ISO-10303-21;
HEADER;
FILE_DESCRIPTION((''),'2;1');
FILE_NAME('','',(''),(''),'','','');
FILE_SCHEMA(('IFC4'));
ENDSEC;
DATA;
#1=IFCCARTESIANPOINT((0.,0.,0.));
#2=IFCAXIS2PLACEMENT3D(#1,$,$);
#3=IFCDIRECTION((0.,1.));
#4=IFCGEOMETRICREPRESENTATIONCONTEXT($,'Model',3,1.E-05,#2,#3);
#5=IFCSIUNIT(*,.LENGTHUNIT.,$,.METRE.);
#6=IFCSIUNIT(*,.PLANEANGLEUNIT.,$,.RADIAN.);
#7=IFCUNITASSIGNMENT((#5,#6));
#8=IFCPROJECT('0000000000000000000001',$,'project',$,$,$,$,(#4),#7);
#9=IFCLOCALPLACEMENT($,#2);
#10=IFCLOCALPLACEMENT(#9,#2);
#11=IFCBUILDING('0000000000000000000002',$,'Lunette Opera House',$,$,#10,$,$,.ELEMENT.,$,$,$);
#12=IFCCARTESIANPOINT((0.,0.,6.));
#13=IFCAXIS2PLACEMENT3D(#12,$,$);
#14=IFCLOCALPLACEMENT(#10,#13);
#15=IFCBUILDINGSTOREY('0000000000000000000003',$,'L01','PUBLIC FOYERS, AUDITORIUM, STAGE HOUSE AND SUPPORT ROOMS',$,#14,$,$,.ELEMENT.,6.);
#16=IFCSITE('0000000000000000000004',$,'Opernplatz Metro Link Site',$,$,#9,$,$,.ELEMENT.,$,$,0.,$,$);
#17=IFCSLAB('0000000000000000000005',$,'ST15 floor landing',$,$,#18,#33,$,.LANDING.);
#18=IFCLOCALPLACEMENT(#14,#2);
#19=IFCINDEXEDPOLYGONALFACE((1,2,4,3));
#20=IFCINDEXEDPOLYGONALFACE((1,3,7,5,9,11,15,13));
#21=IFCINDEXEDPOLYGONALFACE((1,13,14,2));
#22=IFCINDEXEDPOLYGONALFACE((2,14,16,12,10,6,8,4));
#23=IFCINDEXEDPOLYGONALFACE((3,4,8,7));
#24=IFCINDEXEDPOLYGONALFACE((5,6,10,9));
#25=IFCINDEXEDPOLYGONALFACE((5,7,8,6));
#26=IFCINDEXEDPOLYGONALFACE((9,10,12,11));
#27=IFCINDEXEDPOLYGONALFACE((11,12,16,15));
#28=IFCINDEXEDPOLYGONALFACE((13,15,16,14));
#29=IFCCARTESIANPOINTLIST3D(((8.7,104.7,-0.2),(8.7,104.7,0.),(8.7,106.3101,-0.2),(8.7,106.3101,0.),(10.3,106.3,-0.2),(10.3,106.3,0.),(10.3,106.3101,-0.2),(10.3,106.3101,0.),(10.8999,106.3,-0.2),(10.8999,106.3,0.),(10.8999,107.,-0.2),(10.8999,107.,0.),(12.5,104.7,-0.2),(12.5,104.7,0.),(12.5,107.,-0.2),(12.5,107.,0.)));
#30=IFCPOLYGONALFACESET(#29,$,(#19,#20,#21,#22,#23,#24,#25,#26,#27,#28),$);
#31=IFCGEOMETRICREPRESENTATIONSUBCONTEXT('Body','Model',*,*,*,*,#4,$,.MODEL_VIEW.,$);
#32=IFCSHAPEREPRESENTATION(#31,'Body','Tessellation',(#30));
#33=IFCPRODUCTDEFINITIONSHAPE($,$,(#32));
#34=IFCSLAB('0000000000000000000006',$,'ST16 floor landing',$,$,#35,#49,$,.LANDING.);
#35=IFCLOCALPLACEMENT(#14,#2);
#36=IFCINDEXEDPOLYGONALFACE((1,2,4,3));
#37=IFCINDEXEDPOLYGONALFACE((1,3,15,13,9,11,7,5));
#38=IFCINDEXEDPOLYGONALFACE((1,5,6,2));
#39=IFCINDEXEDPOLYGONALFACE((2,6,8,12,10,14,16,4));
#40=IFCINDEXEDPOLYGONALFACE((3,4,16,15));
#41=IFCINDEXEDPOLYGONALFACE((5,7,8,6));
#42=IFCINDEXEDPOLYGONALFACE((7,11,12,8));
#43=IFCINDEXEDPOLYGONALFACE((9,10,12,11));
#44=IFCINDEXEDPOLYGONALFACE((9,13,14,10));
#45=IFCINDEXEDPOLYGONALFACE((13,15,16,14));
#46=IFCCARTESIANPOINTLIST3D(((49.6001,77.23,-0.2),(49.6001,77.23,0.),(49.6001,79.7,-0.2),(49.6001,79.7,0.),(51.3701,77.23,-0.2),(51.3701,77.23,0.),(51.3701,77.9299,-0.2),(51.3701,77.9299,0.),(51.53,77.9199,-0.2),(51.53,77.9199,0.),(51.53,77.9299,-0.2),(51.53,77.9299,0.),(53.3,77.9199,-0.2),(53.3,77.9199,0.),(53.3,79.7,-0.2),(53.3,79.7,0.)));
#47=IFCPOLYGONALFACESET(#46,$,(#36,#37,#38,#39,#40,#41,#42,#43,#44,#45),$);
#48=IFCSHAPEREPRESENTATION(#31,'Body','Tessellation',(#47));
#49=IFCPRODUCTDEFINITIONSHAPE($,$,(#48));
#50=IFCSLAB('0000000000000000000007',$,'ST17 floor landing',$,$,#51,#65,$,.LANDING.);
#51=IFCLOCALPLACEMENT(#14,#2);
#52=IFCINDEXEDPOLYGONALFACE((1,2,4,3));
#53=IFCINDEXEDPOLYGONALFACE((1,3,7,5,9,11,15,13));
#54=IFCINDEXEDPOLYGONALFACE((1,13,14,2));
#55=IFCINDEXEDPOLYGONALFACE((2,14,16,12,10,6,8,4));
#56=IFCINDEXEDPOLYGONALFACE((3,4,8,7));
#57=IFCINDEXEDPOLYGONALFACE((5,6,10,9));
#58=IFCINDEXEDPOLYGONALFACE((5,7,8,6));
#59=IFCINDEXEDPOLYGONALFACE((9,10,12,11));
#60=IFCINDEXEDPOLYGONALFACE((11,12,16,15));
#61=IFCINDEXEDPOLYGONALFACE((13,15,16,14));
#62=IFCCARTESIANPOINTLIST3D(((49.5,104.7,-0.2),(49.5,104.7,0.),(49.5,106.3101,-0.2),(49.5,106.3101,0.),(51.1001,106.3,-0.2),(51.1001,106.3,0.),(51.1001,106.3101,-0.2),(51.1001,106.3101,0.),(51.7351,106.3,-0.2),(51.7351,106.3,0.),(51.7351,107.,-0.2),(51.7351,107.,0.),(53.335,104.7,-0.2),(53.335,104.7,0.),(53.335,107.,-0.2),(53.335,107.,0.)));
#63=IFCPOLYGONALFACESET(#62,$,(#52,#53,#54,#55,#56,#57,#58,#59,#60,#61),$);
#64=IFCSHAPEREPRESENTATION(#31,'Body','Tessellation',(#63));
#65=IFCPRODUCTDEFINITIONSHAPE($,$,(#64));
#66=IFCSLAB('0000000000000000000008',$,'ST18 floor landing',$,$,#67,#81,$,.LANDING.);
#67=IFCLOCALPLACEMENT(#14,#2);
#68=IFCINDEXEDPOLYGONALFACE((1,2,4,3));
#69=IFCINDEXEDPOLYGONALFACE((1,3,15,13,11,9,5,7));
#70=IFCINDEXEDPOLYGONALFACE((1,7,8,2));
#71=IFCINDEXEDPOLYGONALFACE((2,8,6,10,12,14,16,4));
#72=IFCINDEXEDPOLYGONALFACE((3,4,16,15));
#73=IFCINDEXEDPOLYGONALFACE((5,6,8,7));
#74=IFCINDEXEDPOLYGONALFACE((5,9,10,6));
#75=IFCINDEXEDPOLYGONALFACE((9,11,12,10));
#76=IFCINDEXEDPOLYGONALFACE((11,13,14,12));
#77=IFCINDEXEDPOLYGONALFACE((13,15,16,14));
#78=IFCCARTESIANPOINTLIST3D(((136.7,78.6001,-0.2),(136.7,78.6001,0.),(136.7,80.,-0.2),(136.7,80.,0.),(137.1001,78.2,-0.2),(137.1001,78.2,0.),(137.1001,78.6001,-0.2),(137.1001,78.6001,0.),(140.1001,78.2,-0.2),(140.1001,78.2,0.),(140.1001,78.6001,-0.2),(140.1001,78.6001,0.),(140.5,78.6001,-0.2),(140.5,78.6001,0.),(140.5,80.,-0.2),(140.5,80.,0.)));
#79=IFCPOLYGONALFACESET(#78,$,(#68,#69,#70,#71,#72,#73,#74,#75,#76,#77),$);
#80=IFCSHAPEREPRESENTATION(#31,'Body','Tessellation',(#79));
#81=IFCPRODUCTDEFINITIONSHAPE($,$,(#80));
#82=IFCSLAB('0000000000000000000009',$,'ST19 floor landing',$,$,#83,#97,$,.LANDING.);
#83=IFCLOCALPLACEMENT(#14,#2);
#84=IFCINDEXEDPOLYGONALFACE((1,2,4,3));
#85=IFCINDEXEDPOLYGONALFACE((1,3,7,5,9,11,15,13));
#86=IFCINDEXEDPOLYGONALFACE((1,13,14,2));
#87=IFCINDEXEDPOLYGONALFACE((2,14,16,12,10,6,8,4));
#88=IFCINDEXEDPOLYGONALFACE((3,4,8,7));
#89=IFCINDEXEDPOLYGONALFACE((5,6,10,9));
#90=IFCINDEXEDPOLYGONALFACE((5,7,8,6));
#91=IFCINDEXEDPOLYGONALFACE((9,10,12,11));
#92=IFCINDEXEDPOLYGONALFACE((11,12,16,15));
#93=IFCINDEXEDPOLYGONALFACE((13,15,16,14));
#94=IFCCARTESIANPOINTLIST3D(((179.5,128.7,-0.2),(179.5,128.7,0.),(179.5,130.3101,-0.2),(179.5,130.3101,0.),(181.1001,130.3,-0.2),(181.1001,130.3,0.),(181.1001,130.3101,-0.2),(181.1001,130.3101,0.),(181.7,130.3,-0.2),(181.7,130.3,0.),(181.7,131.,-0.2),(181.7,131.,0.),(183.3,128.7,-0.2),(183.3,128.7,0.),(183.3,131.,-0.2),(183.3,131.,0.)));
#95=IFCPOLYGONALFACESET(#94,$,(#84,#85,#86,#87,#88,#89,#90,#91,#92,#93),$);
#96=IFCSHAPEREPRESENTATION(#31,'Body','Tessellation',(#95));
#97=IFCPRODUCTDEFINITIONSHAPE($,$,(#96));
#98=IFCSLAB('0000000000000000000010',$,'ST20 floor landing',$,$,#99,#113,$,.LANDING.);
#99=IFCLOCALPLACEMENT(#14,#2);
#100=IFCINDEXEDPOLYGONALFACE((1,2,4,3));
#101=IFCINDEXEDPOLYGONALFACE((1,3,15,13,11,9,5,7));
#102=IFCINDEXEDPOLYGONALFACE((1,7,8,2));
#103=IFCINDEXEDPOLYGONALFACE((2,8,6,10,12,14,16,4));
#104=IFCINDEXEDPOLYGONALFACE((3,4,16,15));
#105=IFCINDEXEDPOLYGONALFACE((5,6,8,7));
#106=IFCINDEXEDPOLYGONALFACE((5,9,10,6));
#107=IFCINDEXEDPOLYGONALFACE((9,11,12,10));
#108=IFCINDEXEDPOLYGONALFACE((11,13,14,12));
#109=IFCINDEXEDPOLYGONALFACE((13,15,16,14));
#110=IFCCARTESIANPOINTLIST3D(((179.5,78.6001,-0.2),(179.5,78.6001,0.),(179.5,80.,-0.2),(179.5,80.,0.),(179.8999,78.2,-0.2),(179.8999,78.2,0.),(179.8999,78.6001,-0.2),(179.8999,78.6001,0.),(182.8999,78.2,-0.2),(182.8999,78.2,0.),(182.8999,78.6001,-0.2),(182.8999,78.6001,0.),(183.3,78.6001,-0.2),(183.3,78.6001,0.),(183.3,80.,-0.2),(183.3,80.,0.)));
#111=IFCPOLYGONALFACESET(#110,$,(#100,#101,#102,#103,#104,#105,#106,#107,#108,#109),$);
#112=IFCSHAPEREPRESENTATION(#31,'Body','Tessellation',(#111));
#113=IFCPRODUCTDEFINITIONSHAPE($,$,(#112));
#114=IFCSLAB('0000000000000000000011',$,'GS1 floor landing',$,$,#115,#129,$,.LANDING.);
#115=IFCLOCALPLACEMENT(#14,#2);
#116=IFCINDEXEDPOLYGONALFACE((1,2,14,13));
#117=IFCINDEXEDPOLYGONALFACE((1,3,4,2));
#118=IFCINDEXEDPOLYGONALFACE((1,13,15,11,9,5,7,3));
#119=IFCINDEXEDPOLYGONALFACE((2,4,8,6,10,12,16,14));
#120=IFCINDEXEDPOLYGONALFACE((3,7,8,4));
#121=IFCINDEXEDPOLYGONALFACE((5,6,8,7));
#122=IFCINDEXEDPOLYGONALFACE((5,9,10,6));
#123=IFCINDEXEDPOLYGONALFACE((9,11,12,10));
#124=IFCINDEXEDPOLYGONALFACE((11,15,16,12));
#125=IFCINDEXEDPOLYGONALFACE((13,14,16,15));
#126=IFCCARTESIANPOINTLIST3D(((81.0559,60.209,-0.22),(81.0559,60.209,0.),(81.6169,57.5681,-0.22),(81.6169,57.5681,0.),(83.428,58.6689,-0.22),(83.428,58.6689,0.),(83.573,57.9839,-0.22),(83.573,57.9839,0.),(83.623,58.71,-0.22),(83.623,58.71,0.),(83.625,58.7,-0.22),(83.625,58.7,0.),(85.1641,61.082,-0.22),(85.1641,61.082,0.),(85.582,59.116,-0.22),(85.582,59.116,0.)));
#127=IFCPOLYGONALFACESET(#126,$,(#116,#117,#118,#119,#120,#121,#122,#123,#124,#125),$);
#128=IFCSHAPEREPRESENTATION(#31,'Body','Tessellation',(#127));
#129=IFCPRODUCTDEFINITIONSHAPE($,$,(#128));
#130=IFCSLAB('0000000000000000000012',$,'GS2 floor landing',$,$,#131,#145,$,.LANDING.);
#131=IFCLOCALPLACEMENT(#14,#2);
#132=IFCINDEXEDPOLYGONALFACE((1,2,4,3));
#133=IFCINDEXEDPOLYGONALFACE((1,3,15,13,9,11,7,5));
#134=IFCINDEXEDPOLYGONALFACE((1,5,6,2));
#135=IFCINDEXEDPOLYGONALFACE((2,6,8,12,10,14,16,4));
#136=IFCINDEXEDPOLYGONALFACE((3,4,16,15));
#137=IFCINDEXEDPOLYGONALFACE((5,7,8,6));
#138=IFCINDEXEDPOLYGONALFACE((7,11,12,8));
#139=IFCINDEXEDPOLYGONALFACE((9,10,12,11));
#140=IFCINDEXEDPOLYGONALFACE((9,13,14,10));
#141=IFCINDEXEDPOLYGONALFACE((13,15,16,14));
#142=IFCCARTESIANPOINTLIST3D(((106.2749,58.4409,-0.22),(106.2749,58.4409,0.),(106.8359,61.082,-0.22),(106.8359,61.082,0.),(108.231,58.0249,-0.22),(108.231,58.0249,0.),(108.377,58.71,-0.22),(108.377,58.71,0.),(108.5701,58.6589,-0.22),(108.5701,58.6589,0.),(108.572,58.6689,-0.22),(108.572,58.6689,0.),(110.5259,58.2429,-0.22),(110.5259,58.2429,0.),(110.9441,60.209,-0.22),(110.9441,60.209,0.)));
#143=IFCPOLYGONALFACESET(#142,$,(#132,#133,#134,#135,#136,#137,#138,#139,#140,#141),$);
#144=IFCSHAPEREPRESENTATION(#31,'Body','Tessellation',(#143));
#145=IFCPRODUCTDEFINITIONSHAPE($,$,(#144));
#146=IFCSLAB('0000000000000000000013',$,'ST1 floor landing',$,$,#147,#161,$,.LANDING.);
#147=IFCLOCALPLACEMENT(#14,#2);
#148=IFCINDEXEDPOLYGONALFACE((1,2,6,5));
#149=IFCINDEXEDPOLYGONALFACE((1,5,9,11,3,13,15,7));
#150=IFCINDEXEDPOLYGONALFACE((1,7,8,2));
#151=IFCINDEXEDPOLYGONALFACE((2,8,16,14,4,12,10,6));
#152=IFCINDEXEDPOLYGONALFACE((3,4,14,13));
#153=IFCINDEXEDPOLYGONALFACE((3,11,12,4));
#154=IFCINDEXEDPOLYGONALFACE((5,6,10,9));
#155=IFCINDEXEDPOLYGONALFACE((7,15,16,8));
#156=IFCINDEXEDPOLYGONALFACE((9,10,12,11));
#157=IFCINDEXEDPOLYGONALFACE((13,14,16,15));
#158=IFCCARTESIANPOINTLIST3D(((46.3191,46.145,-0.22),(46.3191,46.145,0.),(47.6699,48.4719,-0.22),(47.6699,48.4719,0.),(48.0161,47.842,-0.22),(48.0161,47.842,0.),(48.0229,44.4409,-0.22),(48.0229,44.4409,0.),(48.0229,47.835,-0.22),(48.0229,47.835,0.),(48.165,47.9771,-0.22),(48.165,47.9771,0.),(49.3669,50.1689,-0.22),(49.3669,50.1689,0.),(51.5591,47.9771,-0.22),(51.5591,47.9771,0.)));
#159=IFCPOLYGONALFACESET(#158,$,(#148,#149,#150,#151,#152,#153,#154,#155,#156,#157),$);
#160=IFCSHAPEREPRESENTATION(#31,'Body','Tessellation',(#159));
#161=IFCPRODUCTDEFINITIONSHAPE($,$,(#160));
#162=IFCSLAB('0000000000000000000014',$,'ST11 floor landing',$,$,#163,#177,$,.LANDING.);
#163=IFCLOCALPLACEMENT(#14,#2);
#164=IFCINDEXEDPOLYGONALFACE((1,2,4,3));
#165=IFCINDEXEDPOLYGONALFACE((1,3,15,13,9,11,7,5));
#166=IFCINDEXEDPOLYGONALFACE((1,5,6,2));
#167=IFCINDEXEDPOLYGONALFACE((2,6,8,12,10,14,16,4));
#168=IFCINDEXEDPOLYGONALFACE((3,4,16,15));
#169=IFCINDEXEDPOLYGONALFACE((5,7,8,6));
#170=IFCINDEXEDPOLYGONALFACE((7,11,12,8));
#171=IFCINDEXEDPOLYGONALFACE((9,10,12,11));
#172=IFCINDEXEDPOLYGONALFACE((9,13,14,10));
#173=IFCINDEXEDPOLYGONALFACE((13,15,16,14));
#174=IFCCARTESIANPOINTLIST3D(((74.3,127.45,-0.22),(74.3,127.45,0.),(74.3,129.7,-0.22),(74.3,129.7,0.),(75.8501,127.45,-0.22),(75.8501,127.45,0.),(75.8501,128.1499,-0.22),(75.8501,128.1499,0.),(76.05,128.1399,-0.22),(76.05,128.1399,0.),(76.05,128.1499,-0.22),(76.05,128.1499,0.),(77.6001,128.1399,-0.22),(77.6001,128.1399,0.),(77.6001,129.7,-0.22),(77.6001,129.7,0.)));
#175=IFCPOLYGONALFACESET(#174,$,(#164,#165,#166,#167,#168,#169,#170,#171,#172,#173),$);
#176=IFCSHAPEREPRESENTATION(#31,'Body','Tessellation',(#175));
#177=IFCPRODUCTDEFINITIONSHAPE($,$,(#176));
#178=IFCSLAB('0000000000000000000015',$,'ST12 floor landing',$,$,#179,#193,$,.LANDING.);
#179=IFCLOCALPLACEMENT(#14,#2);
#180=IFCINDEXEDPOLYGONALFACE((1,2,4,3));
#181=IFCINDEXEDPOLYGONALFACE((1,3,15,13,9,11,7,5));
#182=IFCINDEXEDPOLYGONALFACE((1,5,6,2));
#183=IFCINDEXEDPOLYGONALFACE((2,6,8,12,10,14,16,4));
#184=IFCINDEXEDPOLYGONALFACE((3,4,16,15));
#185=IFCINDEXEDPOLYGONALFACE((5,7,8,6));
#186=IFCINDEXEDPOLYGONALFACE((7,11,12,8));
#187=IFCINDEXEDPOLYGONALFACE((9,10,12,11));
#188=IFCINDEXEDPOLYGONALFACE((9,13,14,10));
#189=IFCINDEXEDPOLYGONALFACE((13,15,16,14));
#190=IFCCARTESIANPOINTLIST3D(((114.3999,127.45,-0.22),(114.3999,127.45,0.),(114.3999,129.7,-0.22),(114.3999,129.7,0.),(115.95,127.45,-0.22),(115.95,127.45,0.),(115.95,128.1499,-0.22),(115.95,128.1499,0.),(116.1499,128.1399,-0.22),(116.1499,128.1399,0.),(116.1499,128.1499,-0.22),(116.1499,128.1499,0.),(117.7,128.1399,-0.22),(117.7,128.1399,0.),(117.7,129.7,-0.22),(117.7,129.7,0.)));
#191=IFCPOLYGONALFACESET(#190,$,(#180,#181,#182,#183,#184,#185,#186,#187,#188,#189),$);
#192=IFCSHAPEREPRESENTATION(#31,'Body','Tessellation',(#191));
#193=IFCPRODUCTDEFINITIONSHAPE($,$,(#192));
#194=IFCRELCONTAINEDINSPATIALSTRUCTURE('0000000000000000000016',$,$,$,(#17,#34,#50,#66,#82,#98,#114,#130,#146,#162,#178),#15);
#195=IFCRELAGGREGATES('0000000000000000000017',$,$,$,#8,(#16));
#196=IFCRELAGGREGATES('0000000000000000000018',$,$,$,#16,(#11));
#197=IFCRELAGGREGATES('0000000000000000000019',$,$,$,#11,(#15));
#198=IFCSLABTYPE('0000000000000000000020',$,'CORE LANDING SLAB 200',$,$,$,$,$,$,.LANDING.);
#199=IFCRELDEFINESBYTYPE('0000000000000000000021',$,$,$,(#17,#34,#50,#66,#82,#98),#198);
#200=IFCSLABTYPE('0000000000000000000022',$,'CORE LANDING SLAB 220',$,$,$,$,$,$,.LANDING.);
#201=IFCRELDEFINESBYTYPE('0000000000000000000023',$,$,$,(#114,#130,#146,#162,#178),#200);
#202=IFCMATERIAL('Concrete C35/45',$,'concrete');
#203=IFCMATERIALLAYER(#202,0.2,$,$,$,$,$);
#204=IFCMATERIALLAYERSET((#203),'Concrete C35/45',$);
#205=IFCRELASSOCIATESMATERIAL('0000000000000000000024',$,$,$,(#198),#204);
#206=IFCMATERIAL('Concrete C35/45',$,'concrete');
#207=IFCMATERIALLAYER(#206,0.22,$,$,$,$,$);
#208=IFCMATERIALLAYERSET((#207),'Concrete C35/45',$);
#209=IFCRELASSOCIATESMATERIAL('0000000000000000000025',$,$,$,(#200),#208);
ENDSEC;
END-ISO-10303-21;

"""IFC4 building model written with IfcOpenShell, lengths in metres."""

from ifc_helpers import new_model, si_unit, direction, frame, origin, place, context, subcontext, project, spatial, polyline, outline, extrude, material, layer, layer_set, type_object, element, save


model = new_model("IFC4")

# Units and contexts
model_context = context("Model", 3, precision=1e-05, world=origin(), true_north=direction((0.0, 1.0)))
body_context = subcontext(model_context, "Body", "Model", "MODEL_VIEW")
ifc_project = project(units=[si_unit("LENGTHUNIT", "METRE"), si_unit("PLANEANGLEUNIT", "RADIAN")], contexts=[model_context])

# Site, building, storey
site_placement = place(None, origin())
site = spatial("IfcSite", under=ifc_project, at=site_placement, Name="Opernplatz Metro Link Site", CompositionType="ELEMENT", RefElevation=0.0)
building_placement = place(site_placement, origin())
building = spatial("IfcBuilding", under=site, at=building_placement, Name="Lunette Opera House", CompositionType="ELEMENT")
storey_placement = place(building_placement, frame((0.0, 0.0, 6.0)))
storey = spatial("IfcBuildingStorey", under=building, at=storey_placement, Name="L01", Description="PUBLIC FOYERS, AUDITORIUM, STAGE HOUSE AND SUPPORT ROOMS", CompositionType="ELEMENT", Elevation=6.0)

# Slabs
ifc_material_1 = material(Name="Concrete C35/45", Category="concrete")
ifc_layer_1 = layer(ifc_material_1, 0.2)
ifc_layer_set_1 = layer_set([ifc_layer_1], Name="Concrete C35/45")
slab_type_1 = type_object("IfcSlabType", Name="CORE LANDING SLAB 200", PredefinedType="LANDING", material=ifc_layer_set_1)
slab_1_placement = place(storey_placement, frame((0.0, 0.0, -0.2)))
element("IfcSlab", 1, at=slab_1_placement, inside=storey, type_object=slab_type_1, Name="ST15 floor landing", PredefinedType="LANDING", context=body_context, shape_type="SweptSolid", body=[
    extrude(outline(polyline([(10.8999, 106.3), (10.8999, 107.0), (12.5, 107.0), (12.5, 104.7), (8.7, 104.7), (8.7, 106.3101), (10.3, 106.3101), (10.3, 106.3), (10.8999, 106.3)])), origin(), (0.0, 0.0, 1.0), 0.2),
])
slab_2_placement = place(storey_placement, frame((0.0, 0.0, -0.2)))
element("IfcSlab", 2, at=slab_2_placement, inside=storey, type_object=slab_type_1, Name="ST16 floor landing", PredefinedType="LANDING", context=body_context, shape_type="SweptSolid", body=[
    extrude(outline(polyline([(53.3, 77.9199), (51.53, 77.9199), (51.53, 77.9299), (51.3701, 77.9299), (51.3701, 77.23), (49.6001, 77.23), (49.6001, 79.7), (53.3, 79.7), (53.3, 77.9199)])), origin(), (0.0, 0.0, 1.0), 0.2),
])
slab_3_placement = place(storey_placement, frame((0.0, 0.0, -0.2)))
element("IfcSlab", 3, at=slab_3_placement, inside=storey, type_object=slab_type_1, Name="ST17 floor landing", PredefinedType="LANDING", context=body_context, shape_type="SweptSolid", body=[
    extrude(outline(polyline([(53.335, 104.7), (49.5, 104.7), (49.5, 106.3101), (51.1001, 106.3101), (51.1001, 106.3), (51.7351, 106.3), (51.7351, 107.0), (53.335, 107.0), (53.335, 104.7)])), origin(), (0.0, 0.0, 1.0), 0.2),
])
slab_4_placement = place(storey_placement, frame((0.0, 0.0, -0.2)))
element("IfcSlab", 4, at=slab_4_placement, inside=storey, type_object=slab_type_1, Name="ST18 floor landing", PredefinedType="LANDING", context=body_context, shape_type="SweptSolid", body=[
    extrude(outline(polyline([(136.7, 78.2), (136.7, 80.0), (140.5, 80.0), (140.5, 78.6001), (140.1001, 78.6001), (140.1001, 78.2), (137.1001, 78.2), (137.1001, 78.6001), (136.7, 78.6001), (136.7, 78.2)])), origin(), (0.0, 0.0, 1.0), 0.2),
])
slab_5_placement = place(storey_placement, frame((0.0, 0.0, -0.2)))
element("IfcSlab", 5, at=slab_5_placement, inside=storey, type_object=slab_type_1, Name="ST19 floor landing", PredefinedType="LANDING", context=body_context, shape_type="SweptSolid", body=[
    extrude(outline(polyline([(179.5, 128.7), (179.5, 130.3101), (181.1001, 130.3101), (181.1001, 130.3), (181.7, 130.3), (181.7, 131.0), (183.3, 131.0), (183.3, 128.7), (179.5, 128.7)])), origin(), (0.0, 0.0, 1.0), 0.2),
])
slab_6_placement = place(storey_placement, frame((0.0, 0.0, -0.2)))
element("IfcSlab", 6, at=slab_6_placement, inside=storey, type_object=slab_type_1, Name="ST20 floor landing", PredefinedType="LANDING", context=body_context, shape_type="SweptSolid", body=[
    extrude(outline(polyline([(179.5, 80.0), (183.3, 80.0), (183.3, 78.2), (183.3, 78.6001), (182.8999, 78.6001), (182.8999, 78.2), (179.8999, 78.2), (179.8999, 78.6001), (179.5, 78.6001), (179.5, 80.0)])), origin(), (0.0, 0.0, 1.0), 0.2),
])
ifc_material_2 = material(Name="Concrete C35/45", Category="concrete")
ifc_layer_2 = layer(ifc_material_2, 0.22)
ifc_layer_set_2 = layer_set([ifc_layer_2], Name="Concrete C35/45")
slab_type_2 = type_object("IfcSlabType", Name="CORE LANDING SLAB 220", PredefinedType="LANDING", material=ifc_layer_set_2)
slab_7_placement = place(storey_placement, frame((0.0, 0.0, -0.22)))
element("IfcSlab", 7, at=slab_7_placement, inside=storey, type_object=slab_type_2, Name="GS1 floor landing", PredefinedType="LANDING", context=body_context, shape_type="SweptSolid", body=[
    extrude(outline(polyline([(85.1641, 61.082), (85.582, 59.116), (83.625, 58.7), (83.623, 58.71), (83.428, 58.6689), (83.573, 57.9839), (81.6169, 57.5681), (81.0559, 60.209), (85.1641, 61.082)])), origin(), (0.0, 0.0, 1.0), 0.22),
])
slab_8_placement = place(storey_placement, frame((0.0, 0.0, -0.22)))
element("IfcSlab", 8, at=slab_8_placement, inside=storey, type_object=slab_type_2, Name="GS2 floor landing", PredefinedType="LANDING", context=body_context, shape_type="SweptSolid", body=[
    extrude(outline(polyline([(110.9441, 60.209), (110.5259, 58.2429), (108.5701, 58.6589), (108.572, 58.6689), (108.377, 58.71), (108.231, 58.0249), (106.2749, 58.4409), (106.8359, 61.082), (110.9441, 60.209)])), origin(), (0.0, 0.0, 1.0), 0.22),
])
slab_9_placement = place(storey_placement, frame((0.0, 0.0, -0.22)))
element("IfcSlab", 9, at=slab_9_placement, inside=storey, type_object=slab_type_2, Name="ST1 floor landing", PredefinedType="LANDING", context=body_context, shape_type="SweptSolid", body=[
    extrude(outline(polyline([(46.3191, 46.145), (48.0161, 47.842), (48.0229, 47.835), (48.165, 47.9771), (47.6699, 48.4719), (49.3669, 50.1689), (51.5591, 47.9771), (48.0229, 44.4409), (46.3191, 46.145)])), origin(), (0.0, 0.0, 1.0), 0.22),
])
slab_10_placement = place(storey_placement, frame((0.0, 0.0, -0.22)))
element("IfcSlab", 10, at=slab_10_placement, inside=storey, type_object=slab_type_2, Name="ST11 floor landing", PredefinedType="LANDING", context=body_context, shape_type="SweptSolid", body=[
    extrude(outline(polyline([(77.6001, 129.7), (77.6001, 128.1399), (76.05, 128.1399), (76.05, 128.1499), (75.8501, 128.1499), (75.8501, 127.45), (74.3, 127.45), (74.3, 129.7), (77.6001, 129.7)])), origin(), (0.0, 0.0, 1.0), 0.22),
])
slab_11_placement = place(storey_placement, frame((0.0, 0.0, -0.22)))
element("IfcSlab", 11, at=slab_11_placement, inside=storey, type_object=slab_type_2, Name="ST12 floor landing", PredefinedType="LANDING", context=body_context, shape_type="SweptSolid", body=[
    extrude(outline(polyline([(117.7, 128.1399), (116.1499, 128.1399), (116.1499, 128.1499), (115.95, 128.1499), (115.95, 127.45), (114.3999, 127.45), (114.3999, 129.7), (117.7, 129.7), (117.7, 128.1399)])), origin(), (0.0, 0.0, 1.0), 0.22),
])

save(model, "model.ifc")
